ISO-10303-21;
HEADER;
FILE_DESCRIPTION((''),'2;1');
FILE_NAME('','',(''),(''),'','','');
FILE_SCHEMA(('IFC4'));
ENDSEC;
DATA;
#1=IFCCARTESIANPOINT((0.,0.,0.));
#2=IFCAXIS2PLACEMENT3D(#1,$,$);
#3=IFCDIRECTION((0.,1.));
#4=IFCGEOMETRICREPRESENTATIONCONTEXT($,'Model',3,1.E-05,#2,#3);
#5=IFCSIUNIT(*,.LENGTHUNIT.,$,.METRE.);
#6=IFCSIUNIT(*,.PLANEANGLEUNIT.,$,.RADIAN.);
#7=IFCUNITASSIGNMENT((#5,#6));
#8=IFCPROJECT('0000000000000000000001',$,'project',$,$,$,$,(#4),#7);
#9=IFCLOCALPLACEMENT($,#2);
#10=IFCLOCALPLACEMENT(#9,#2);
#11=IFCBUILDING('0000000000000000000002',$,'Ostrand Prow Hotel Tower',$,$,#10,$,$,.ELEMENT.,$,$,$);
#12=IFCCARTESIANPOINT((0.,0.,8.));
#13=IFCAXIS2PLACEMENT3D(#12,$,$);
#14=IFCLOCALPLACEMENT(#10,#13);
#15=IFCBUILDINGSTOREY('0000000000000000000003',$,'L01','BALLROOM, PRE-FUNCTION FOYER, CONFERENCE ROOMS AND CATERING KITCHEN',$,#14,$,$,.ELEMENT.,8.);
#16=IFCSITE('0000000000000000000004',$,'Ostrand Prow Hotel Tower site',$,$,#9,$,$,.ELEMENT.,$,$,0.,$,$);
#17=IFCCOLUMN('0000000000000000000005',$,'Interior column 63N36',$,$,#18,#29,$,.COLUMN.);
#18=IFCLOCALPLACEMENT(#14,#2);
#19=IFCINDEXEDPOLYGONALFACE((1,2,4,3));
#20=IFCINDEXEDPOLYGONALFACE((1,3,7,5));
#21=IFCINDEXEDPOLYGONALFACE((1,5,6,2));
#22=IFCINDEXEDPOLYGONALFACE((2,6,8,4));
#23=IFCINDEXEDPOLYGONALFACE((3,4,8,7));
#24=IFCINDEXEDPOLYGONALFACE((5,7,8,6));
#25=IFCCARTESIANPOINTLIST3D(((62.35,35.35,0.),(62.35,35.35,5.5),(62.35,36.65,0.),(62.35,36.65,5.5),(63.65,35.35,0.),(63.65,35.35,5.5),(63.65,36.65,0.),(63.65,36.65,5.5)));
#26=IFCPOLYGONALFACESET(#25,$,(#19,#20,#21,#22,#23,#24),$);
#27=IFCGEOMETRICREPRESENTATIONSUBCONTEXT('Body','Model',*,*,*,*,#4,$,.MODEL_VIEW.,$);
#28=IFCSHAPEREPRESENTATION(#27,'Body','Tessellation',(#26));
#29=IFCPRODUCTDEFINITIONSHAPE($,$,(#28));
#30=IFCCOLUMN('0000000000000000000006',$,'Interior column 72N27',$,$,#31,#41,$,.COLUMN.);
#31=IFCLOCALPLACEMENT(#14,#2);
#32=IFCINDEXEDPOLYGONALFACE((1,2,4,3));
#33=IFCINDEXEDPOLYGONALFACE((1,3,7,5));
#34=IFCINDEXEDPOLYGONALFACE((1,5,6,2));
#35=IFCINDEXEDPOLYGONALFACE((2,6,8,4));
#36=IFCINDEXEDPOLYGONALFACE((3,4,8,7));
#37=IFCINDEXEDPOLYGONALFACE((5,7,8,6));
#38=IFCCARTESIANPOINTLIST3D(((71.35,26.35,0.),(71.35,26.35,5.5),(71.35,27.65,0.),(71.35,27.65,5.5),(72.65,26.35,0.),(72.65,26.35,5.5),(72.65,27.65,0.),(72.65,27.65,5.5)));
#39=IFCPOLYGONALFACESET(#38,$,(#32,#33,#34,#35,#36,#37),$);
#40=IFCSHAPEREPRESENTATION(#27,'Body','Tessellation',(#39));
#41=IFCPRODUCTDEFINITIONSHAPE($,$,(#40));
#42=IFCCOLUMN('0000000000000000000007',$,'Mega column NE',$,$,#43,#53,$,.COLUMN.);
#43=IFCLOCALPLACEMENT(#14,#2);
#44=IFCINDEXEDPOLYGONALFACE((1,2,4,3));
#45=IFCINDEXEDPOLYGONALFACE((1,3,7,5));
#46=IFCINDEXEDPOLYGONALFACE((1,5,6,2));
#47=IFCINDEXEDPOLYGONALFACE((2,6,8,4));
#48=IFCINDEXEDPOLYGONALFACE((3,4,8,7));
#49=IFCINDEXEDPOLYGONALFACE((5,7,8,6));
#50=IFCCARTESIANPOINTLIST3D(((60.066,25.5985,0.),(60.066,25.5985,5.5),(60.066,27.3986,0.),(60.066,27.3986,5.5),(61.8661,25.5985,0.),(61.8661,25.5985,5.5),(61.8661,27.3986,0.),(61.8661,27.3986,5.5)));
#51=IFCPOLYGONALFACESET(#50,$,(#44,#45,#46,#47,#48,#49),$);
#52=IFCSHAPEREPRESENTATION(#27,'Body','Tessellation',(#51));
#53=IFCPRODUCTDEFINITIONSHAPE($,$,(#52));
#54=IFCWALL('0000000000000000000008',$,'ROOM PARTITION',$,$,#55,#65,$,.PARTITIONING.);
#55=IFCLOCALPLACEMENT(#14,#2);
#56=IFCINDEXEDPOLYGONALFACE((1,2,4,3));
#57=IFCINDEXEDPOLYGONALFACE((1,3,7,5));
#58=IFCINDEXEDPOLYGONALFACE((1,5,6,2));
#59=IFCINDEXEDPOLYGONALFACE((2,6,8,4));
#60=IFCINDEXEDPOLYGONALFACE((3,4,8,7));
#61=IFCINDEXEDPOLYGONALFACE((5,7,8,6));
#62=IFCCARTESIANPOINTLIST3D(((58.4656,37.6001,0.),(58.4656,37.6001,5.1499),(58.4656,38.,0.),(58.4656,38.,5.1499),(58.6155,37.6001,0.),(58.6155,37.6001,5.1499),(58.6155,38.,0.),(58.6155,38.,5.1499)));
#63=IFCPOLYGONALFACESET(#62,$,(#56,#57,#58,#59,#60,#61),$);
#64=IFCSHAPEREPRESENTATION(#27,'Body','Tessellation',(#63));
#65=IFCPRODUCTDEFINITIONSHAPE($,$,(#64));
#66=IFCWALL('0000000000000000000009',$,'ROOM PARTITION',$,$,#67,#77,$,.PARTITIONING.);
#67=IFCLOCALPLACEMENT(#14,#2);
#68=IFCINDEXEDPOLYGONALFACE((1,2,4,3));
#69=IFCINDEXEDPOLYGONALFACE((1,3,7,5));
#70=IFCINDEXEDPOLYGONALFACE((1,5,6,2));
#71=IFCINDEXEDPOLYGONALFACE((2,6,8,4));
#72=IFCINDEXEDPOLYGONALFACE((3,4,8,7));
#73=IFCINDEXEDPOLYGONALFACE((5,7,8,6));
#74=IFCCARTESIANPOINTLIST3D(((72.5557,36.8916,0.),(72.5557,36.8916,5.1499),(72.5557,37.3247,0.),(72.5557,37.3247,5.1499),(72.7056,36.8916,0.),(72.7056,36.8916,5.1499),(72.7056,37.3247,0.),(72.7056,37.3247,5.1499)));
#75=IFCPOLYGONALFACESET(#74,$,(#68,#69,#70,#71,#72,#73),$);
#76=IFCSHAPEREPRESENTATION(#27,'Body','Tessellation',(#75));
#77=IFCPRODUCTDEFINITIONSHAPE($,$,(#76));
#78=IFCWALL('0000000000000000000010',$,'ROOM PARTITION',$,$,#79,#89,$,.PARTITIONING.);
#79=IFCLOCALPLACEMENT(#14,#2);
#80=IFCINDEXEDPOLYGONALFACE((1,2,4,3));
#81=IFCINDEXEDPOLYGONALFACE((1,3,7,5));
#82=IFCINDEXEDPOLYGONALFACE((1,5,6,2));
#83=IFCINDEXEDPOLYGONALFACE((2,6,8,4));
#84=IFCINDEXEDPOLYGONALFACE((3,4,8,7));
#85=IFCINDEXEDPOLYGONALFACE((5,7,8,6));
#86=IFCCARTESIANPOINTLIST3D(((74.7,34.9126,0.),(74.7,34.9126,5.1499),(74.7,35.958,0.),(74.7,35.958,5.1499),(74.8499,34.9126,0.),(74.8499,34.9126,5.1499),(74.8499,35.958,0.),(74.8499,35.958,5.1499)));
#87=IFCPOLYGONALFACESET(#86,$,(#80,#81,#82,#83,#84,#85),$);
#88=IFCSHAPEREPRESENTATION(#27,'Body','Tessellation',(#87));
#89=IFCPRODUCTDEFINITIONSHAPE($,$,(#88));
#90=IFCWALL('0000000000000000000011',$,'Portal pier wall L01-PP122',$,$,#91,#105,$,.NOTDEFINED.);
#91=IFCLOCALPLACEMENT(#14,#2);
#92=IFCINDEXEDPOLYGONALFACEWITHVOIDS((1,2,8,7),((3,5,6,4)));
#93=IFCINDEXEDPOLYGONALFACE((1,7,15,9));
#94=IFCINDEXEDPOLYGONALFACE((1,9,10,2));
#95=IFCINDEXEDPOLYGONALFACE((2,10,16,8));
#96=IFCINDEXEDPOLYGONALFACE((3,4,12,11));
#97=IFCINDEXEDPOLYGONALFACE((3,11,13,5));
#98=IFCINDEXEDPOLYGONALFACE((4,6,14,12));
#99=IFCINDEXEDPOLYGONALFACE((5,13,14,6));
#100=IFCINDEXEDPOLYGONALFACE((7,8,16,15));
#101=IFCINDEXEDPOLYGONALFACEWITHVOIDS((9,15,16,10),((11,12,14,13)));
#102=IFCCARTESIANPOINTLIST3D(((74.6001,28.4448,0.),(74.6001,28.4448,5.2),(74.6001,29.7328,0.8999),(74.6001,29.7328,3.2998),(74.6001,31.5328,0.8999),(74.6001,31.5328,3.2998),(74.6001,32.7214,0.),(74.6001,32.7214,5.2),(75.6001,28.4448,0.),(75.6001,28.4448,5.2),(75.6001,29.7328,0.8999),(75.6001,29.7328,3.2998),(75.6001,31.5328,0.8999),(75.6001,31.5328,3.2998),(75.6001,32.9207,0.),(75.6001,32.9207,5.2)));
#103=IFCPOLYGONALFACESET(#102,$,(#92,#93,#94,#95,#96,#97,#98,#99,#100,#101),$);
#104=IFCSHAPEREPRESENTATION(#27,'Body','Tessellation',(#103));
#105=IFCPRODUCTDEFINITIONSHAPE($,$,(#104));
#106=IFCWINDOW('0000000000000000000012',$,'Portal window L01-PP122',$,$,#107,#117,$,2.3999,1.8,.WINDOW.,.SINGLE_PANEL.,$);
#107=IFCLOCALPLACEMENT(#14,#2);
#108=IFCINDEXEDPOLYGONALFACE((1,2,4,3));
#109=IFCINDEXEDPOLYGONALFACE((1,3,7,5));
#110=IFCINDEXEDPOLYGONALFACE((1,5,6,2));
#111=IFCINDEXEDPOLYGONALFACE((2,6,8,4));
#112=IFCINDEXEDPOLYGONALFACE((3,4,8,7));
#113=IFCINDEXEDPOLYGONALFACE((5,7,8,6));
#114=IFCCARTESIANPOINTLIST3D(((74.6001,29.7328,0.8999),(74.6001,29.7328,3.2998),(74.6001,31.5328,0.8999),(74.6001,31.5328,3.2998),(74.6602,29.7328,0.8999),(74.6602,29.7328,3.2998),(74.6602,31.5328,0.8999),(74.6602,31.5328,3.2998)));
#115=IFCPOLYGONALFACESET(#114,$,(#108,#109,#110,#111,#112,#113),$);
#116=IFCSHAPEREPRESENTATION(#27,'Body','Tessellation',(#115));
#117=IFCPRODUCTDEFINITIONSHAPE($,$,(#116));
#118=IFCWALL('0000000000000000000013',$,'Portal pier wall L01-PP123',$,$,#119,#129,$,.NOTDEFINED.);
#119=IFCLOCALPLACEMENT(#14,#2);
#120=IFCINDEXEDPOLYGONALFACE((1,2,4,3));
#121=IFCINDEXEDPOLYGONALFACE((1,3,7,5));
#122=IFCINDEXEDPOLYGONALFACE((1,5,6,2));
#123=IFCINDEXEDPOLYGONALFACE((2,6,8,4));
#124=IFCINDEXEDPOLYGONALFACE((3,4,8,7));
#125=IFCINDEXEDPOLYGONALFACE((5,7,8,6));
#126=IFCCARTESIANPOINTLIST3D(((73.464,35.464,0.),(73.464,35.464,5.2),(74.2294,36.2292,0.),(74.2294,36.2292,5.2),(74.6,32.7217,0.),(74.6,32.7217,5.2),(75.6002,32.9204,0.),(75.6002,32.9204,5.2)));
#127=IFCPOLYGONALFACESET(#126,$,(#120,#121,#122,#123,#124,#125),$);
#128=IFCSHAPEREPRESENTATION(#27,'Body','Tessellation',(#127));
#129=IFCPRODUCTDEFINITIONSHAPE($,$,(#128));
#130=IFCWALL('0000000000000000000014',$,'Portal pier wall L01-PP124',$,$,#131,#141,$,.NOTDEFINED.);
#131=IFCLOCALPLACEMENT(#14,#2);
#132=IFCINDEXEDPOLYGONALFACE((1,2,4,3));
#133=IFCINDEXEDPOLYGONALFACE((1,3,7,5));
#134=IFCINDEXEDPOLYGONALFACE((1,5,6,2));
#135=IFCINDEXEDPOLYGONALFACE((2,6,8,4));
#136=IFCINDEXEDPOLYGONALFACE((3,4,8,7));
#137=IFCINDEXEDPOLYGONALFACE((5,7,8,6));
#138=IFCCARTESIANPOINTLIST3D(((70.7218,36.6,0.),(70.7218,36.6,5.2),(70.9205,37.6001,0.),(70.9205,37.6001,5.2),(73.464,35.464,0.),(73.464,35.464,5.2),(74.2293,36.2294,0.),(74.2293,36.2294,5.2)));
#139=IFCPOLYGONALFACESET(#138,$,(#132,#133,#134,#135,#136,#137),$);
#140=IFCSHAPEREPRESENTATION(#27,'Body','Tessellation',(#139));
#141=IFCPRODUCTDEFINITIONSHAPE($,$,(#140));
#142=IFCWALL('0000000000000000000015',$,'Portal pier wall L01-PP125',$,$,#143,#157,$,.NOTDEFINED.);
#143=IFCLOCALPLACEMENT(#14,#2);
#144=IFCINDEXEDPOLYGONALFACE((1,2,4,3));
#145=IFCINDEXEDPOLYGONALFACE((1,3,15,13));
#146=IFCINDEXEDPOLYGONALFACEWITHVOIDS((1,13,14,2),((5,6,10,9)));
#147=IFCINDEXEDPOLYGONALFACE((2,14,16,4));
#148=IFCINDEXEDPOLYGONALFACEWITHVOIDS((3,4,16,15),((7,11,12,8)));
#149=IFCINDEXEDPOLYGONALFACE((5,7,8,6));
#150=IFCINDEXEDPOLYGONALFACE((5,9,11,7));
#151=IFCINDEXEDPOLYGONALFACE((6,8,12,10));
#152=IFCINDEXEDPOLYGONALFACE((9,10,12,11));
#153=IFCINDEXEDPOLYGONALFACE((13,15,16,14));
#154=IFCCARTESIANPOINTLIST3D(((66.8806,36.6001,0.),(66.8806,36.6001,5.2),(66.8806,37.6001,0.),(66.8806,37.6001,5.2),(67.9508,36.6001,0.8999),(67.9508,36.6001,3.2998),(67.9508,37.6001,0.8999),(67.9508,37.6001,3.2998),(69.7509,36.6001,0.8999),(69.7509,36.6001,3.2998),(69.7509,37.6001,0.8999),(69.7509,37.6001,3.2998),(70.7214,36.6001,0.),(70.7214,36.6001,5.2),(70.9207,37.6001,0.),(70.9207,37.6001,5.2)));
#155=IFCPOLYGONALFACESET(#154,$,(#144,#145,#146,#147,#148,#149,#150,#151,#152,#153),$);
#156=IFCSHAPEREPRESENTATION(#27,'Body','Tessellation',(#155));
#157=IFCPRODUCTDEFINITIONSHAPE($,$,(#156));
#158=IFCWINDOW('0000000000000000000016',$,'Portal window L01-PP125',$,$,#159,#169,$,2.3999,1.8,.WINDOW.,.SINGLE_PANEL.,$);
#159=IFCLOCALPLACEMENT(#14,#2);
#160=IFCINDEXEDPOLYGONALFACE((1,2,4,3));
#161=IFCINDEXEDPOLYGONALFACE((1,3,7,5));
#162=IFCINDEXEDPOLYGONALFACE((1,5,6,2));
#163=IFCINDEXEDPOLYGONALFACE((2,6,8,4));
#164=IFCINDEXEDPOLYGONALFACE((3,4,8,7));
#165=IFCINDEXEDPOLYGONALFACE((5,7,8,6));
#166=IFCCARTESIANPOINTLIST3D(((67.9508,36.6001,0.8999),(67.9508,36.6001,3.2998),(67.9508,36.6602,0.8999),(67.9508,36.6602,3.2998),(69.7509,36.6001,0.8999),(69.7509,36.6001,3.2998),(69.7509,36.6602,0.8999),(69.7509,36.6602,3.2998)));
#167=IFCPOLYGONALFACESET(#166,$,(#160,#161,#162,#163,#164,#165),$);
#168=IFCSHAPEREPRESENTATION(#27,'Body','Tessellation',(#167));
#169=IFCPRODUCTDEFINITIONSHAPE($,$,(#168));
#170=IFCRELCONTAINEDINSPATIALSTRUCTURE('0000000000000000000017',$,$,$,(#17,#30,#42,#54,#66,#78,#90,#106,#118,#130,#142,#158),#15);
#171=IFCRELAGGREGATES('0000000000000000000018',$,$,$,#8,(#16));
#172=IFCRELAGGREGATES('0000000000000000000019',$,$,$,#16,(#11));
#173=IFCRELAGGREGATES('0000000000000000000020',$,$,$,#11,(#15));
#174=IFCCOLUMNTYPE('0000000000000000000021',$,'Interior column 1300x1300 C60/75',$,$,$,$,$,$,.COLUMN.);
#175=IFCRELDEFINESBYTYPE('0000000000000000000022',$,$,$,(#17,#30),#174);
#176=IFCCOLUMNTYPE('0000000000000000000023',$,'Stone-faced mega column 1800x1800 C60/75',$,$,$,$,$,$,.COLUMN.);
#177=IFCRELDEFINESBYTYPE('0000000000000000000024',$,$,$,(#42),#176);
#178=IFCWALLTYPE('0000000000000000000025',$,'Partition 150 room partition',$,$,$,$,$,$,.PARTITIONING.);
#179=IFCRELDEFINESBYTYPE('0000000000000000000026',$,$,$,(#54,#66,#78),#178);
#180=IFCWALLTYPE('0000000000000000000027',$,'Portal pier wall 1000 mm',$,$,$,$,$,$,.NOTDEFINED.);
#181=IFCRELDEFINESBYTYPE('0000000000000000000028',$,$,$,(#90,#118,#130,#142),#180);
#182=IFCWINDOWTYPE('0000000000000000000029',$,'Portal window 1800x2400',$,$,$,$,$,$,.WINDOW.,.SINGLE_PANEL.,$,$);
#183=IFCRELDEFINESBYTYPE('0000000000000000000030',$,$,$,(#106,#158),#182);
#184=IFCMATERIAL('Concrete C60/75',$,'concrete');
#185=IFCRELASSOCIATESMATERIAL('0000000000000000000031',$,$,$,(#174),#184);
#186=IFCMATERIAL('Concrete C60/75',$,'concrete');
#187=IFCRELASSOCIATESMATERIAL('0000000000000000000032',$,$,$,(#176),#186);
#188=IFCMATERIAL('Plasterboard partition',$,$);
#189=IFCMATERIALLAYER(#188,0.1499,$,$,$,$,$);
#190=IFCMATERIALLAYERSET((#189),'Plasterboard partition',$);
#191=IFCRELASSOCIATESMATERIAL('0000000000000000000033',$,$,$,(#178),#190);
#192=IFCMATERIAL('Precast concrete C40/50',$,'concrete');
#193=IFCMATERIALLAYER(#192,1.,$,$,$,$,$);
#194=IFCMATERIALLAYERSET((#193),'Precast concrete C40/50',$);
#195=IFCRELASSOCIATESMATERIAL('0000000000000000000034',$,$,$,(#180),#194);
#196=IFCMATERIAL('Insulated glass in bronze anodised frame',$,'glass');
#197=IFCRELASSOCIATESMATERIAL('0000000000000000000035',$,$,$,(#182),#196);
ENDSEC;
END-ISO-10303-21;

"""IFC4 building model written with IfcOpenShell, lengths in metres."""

from ifc_helpers import new_model, si_unit, direction, frame, frame_2d, origin, origin_2d, place, context, subcontext, project, spatial, polyline, rectangle, outline, extrude, material, layer, layer_set, material_profile, profile_set, type_object, element, fill, save


model = new_model("IFC4")

# Units and contexts
model_context = context("Model", 3, precision=1e-05, world=origin(), true_north=direction((0.0, 1.0)))
body_context = subcontext(model_context, "Body", "Model", "MODEL_VIEW")
ifc_project = project(units=[si_unit("LENGTHUNIT", "METRE"), si_unit("PLANEANGLEUNIT", "RADIAN")], contexts=[model_context])

# Site, building, storey
site_placement = place(None, origin())
site = spatial("IfcSite", under=ifc_project, at=site_placement, Name="Ostrand Prow Hotel Tower site", CompositionType="ELEMENT", RefElevation=0.0)
building_placement = place(site_placement, origin())
building = spatial("IfcBuilding", under=site, at=building_placement, Name="Ostrand Prow Hotel Tower", CompositionType="ELEMENT")
storey_placement = place(building_placement, frame((0.0, 0.0, 8.0)))
storey = spatial("IfcBuildingStorey", under=building, at=storey_placement, Name="L01", Description="BALLROOM, PRE-FUNCTION FOYER, CONFERENCE ROOMS AND CATERING KITCHEN", CompositionType="ELEMENT", Elevation=8.0)

# Columns
ifc_material_1 = material(Name="Concrete C60/75", Category="concrete")
ifc_material_profile_1 = material_profile(ifc_material_1, rectangle(XDim=1.3, YDim=1.3, at=origin_2d()), Name="RC 1300x1300")
ifc_profile_set_1 = profile_set([ifc_material_profile_1], Name="Concrete C60/75")
column_type_1 = type_object("IfcColumnType", Name="Interior column 1300x1300 C60/75", PredefinedType="COLUMN", material=ifc_profile_set_1)
for number, where, z_axis, x_axis, name in (
    (1, (63.0, 36.0, 0.0), (0.0, 0.0, 1.0), (1.0, 0.0, 0.0), "Interior column 63N36"),
    (2, (72.0, 27.0, 0.0), (0.0, 0.0, 1.0), (1.0, 0.0, 0.0), "Interior column 72N27"),
):
    element("IfcColumn", number, at=place(storey_placement, frame(where, z_axis=z_axis, x_axis=x_axis)), inside=storey, type_object=column_type_1, Name=name, PredefinedType="COLUMN", context=body_context, shape_type="SweptSolid", body=[
        extrude(rectangle(XDim=1.3, YDim=1.3, at=origin_2d()), origin(), (0.0, 0.0, 1.0), 5.5),
    ])
ifc_material_2 = material(Name="Concrete C60/75", Category="concrete")
ifc_material_profile_2 = material_profile(ifc_material_2, rectangle(XDim=1.8, YDim=1.8, at=origin_2d()), Name="RC 1800x1800")
ifc_profile_set_2 = profile_set([ifc_material_profile_2], Name="Concrete C60/75")
column_type_2 = type_object("IfcColumnType", Name="Stone-faced mega column 1800x1800 C60/75", PredefinedType="COLUMN", material=ifc_profile_set_2)
column_placement = place(storey_placement, frame((60.9661, 26.4985, 0.0), z_axis=(0.0, 0.0, 1.0), x_axis=(1.0, 0.0, 0.0)))
element("IfcColumn", 3, at=column_placement, inside=storey, type_object=column_type_2, Name="Mega column NE", PredefinedType="COLUMN", context=body_context, shape_type="SweptSolid", body=[
    extrude(rectangle(XDim=1.8, YDim=1.8, at=origin_2d()), origin(), (0.0, 0.0, 1.0), 5.5),
])

# Walls
ifc_material_3 = material(Name="Plasterboard partition")
ifc_layer_1 = layer(ifc_material_3, 0.1499)
ifc_layer_set_1 = layer_set([ifc_layer_1], Name="Plasterboard partition")
wall_type_1 = type_object("IfcWallType", Name="Partition 150 room partition", PredefinedType="PARTITIONING", material=ifc_layer_set_1)
wall_1_placement = place(storey_placement, frame((58.5405, 37.6001, 0.0), z_axis=(0.0, 0.0, 1.0), x_axis=(0.0, 1.0, 0.0)))
element("IfcWall", 4, at=wall_1_placement, inside=storey, type_object=wall_type_1, Name="ROOM PARTITION", PredefinedType="PARTITIONING", context=body_context, shape_type="SweptSolid", body=[
    extrude(rectangle(XDim=0.3999, YDim=0.1499, at=frame_2d((0.2, 0.0))), origin(), (0.0, 0.0, 1.0), 5.1499),
])
wall_2_placement = place(storey_placement, frame((72.6306, 36.8916, 0.0), z_axis=(0.0, 0.0, 1.0), x_axis=(0.0, 1.0, 0.0)))
element("IfcWall", 5, at=wall_2_placement, inside=storey, type_object=wall_type_1, Name="ROOM PARTITION", PredefinedType="PARTITIONING", context=body_context, shape_type="SweptSolid", body=[
    extrude(rectangle(XDim=0.4331, YDim=0.1499, at=frame_2d((0.2166, 0.0))), origin(), (0.0, 0.0, 1.0), 5.1499),
])
wall_3_placement = place(storey_placement, frame((74.7749, 34.9126, 0.0), z_axis=(0.0, 0.0, 1.0), x_axis=(0.0, 1.0, 0.0)))
element("IfcWall", 6, at=wall_3_placement, inside=storey, type_object=wall_type_1, Name="ROOM PARTITION", PredefinedType="PARTITIONING", context=body_context, shape_type="SweptSolid", body=[
    extrude(rectangle(XDim=1.0454, YDim=0.1499, at=frame_2d((0.5227, 0.0))), origin(), (0.0, 0.0, 1.0), 5.1499),
])

# Wall, opening, window
ifc_material_4 = material(Name="Precast concrete C40/50", Category="concrete")
ifc_layer_2 = layer(ifc_material_4, 1.0)
ifc_layer_set_2 = layer_set([ifc_layer_2], Name="Precast concrete C40/50")
wall_type_2 = type_object("IfcWallType", Name="Portal pier wall 1000 mm", PredefinedType="NOTDEFINED", material=ifc_layer_set_2)
wall_4_placement = place(storey_placement, frame((75.1001, 28.4448, 0.0), z_axis=(0.0, 0.0, 1.0), x_axis=(0.0, 1.0, 0.0)))
wall_4 = element("IfcWall", 7, at=wall_4_placement, inside=storey, type_object=wall_type_2, Name="Portal pier wall L01-PP122", PredefinedType="NOTDEFINED", context=body_context, shape_type="SweptSolid", body=[
    extrude(outline(polyline([(0.0, -0.5), (4.4758, -0.5), (4.2766, 0.5), (0.0, 0.5), (0.0, -0.5)])), origin(), (0.0, 0.0, 1.0), 5.2),
])
opening_1_placement = place(wall_4_placement, frame((1.2881, 0.0, 0.8999)))
opening_1 = element("IfcOpeningElement", 8, at=opening_1_placement, cuts=wall_4, PredefinedType="OPENING", context=body_context, shape_type="SweptSolid", body=[
    extrude(rectangle(XDim=1.8, YDim=2.3999, at=frame_2d((0.8999, 1.2))), frame((0.0, 0.51, 0.0), z_axis=(0.0, -1.0, 0.0), x_axis=(1.0, 0.0, 0.0)), (0.0, 0.0, 1.0), 1.02),
])
ifc_material_5 = material(Name="Insulated glass in bronze anodised frame", Category="glass")
window_type = type_object("IfcWindowType", Name="Portal window 1800x2400", PartitioningType="SINGLE_PANEL", PredefinedType="WINDOW", material=ifc_material_5)
window_1_placement = place(opening_1_placement, origin())
window_1 = element("IfcWindow", 9, at=window_1_placement, inside=storey, type_object=window_type, Name="Portal window L01-PP122", OverallHeight=2.3999, OverallWidth=1.8, PartitioningType="SINGLE_PANEL", PredefinedType="WINDOW", context=body_context, shape_type="SweptSolid", body=[
    extrude(rectangle(XDim=1.8, YDim=2.3999, at=frame_2d((0.8999, 1.2))), frame((0.0, 0.5, 0.0), z_axis=(0.0, -1.0, 0.0), x_axis=(1.0, 0.0, 0.0)), (0.0, 0.0, 1.0), 0.0601),
])
fill(opening_1, window_1)

# Walls
wall_5_placement = place(storey_placement, frame((75.1001, 32.821, 0.0), z_axis=(0.0, 0.0, 1.0), x_axis=(-0.382725, 0.923862, 0.0)))
element("IfcWall", 10, at=wall_5_placement, inside=storey, type_object=wall_type_2, Name="Portal pier wall L01-PP123", PredefinedType="NOTDEFINED", context=body_context, shape_type="SweptSolid", body=[
    extrude(outline(polyline([(-0.0996, -0.5), (3.4819, -0.5), (3.0679, 0.5), (0.0996, 0.5), (-0.0996, -0.5)])), origin(), (0.0, 0.0, 1.0), 5.2),
])
wall_6_placement = place(storey_placement, frame((73.8467, 35.8467, 0.0), z_axis=(0.0, 0.0, 1.0), x_axis=(-0.923862, 0.382725, 0.0)))
element("IfcWall", 11, at=wall_6_placement, inside=storey, type_object=wall_type_2, Name="Portal pier wall L01-PP124", PredefinedType="NOTDEFINED", context=body_context, shape_type="SweptSolid", body=[
    extrude(outline(polyline([(-0.207, -0.5), (3.3745, -0.5), (3.1753, 0.5), (0.207, 0.5), (-0.207, -0.5)])), origin(), (0.0, 0.0, 1.0), 5.2),
])

# Wall, opening, window
wall_7_placement = place(storey_placement, frame((70.821, 37.1001, 0.0), z_axis=(0.0, 0.0, 1.0), x_axis=(-1.0, 0.0, 0.0)))
wall_7 = element("IfcWall", 12, at=wall_7_placement, inside=storey, type_object=wall_type_2, Name="Portal pier wall L01-PP125", PredefinedType="NOTDEFINED", context=body_context, shape_type="SweptSolid", body=[
    extrude(outline(polyline([(-0.0996, -0.5), (3.9404, -0.5), (3.9404, 0.5), (0.0996, 0.5), (-0.0996, -0.5)])), origin(), (0.0, 0.0, 1.0), 5.2),
])
opening_2_placement = place(wall_7_placement, frame((1.0703, 0.0, 0.8999)))
opening_2 = element("IfcOpeningElement", 13, at=opening_2_placement, cuts=wall_7, PredefinedType="OPENING", context=body_context, shape_type="SweptSolid", body=[
    extrude(rectangle(XDim=1.8, YDim=2.3999, at=frame_2d((0.8999, 1.2))), frame((0.0, 0.51, 0.0), z_axis=(0.0, -1.0, 0.0), x_axis=(1.0, 0.0, 0.0)), (0.0, 0.0, 1.0), 1.02),
])
window_2_placement = place(opening_2_placement, origin())
window_2 = element("IfcWindow", 14, at=window_2_placement, inside=storey, type_object=window_type, Name="Portal window L01-PP125", OverallHeight=2.3999, OverallWidth=1.8, PartitioningType="SINGLE_PANEL", PredefinedType="WINDOW", context=body_context, shape_type="SweptSolid", body=[
    extrude(rectangle(XDim=1.8, YDim=2.3999, at=frame_2d((0.8999, 1.2))), frame((0.0, 0.5, 0.0), z_axis=(0.0, -1.0, 0.0), x_axis=(1.0, 0.0, 0.0)), (0.0, 0.0, 1.0), 0.0601),
])
fill(opening_2, window_2)

save(model, "model.ifc")
